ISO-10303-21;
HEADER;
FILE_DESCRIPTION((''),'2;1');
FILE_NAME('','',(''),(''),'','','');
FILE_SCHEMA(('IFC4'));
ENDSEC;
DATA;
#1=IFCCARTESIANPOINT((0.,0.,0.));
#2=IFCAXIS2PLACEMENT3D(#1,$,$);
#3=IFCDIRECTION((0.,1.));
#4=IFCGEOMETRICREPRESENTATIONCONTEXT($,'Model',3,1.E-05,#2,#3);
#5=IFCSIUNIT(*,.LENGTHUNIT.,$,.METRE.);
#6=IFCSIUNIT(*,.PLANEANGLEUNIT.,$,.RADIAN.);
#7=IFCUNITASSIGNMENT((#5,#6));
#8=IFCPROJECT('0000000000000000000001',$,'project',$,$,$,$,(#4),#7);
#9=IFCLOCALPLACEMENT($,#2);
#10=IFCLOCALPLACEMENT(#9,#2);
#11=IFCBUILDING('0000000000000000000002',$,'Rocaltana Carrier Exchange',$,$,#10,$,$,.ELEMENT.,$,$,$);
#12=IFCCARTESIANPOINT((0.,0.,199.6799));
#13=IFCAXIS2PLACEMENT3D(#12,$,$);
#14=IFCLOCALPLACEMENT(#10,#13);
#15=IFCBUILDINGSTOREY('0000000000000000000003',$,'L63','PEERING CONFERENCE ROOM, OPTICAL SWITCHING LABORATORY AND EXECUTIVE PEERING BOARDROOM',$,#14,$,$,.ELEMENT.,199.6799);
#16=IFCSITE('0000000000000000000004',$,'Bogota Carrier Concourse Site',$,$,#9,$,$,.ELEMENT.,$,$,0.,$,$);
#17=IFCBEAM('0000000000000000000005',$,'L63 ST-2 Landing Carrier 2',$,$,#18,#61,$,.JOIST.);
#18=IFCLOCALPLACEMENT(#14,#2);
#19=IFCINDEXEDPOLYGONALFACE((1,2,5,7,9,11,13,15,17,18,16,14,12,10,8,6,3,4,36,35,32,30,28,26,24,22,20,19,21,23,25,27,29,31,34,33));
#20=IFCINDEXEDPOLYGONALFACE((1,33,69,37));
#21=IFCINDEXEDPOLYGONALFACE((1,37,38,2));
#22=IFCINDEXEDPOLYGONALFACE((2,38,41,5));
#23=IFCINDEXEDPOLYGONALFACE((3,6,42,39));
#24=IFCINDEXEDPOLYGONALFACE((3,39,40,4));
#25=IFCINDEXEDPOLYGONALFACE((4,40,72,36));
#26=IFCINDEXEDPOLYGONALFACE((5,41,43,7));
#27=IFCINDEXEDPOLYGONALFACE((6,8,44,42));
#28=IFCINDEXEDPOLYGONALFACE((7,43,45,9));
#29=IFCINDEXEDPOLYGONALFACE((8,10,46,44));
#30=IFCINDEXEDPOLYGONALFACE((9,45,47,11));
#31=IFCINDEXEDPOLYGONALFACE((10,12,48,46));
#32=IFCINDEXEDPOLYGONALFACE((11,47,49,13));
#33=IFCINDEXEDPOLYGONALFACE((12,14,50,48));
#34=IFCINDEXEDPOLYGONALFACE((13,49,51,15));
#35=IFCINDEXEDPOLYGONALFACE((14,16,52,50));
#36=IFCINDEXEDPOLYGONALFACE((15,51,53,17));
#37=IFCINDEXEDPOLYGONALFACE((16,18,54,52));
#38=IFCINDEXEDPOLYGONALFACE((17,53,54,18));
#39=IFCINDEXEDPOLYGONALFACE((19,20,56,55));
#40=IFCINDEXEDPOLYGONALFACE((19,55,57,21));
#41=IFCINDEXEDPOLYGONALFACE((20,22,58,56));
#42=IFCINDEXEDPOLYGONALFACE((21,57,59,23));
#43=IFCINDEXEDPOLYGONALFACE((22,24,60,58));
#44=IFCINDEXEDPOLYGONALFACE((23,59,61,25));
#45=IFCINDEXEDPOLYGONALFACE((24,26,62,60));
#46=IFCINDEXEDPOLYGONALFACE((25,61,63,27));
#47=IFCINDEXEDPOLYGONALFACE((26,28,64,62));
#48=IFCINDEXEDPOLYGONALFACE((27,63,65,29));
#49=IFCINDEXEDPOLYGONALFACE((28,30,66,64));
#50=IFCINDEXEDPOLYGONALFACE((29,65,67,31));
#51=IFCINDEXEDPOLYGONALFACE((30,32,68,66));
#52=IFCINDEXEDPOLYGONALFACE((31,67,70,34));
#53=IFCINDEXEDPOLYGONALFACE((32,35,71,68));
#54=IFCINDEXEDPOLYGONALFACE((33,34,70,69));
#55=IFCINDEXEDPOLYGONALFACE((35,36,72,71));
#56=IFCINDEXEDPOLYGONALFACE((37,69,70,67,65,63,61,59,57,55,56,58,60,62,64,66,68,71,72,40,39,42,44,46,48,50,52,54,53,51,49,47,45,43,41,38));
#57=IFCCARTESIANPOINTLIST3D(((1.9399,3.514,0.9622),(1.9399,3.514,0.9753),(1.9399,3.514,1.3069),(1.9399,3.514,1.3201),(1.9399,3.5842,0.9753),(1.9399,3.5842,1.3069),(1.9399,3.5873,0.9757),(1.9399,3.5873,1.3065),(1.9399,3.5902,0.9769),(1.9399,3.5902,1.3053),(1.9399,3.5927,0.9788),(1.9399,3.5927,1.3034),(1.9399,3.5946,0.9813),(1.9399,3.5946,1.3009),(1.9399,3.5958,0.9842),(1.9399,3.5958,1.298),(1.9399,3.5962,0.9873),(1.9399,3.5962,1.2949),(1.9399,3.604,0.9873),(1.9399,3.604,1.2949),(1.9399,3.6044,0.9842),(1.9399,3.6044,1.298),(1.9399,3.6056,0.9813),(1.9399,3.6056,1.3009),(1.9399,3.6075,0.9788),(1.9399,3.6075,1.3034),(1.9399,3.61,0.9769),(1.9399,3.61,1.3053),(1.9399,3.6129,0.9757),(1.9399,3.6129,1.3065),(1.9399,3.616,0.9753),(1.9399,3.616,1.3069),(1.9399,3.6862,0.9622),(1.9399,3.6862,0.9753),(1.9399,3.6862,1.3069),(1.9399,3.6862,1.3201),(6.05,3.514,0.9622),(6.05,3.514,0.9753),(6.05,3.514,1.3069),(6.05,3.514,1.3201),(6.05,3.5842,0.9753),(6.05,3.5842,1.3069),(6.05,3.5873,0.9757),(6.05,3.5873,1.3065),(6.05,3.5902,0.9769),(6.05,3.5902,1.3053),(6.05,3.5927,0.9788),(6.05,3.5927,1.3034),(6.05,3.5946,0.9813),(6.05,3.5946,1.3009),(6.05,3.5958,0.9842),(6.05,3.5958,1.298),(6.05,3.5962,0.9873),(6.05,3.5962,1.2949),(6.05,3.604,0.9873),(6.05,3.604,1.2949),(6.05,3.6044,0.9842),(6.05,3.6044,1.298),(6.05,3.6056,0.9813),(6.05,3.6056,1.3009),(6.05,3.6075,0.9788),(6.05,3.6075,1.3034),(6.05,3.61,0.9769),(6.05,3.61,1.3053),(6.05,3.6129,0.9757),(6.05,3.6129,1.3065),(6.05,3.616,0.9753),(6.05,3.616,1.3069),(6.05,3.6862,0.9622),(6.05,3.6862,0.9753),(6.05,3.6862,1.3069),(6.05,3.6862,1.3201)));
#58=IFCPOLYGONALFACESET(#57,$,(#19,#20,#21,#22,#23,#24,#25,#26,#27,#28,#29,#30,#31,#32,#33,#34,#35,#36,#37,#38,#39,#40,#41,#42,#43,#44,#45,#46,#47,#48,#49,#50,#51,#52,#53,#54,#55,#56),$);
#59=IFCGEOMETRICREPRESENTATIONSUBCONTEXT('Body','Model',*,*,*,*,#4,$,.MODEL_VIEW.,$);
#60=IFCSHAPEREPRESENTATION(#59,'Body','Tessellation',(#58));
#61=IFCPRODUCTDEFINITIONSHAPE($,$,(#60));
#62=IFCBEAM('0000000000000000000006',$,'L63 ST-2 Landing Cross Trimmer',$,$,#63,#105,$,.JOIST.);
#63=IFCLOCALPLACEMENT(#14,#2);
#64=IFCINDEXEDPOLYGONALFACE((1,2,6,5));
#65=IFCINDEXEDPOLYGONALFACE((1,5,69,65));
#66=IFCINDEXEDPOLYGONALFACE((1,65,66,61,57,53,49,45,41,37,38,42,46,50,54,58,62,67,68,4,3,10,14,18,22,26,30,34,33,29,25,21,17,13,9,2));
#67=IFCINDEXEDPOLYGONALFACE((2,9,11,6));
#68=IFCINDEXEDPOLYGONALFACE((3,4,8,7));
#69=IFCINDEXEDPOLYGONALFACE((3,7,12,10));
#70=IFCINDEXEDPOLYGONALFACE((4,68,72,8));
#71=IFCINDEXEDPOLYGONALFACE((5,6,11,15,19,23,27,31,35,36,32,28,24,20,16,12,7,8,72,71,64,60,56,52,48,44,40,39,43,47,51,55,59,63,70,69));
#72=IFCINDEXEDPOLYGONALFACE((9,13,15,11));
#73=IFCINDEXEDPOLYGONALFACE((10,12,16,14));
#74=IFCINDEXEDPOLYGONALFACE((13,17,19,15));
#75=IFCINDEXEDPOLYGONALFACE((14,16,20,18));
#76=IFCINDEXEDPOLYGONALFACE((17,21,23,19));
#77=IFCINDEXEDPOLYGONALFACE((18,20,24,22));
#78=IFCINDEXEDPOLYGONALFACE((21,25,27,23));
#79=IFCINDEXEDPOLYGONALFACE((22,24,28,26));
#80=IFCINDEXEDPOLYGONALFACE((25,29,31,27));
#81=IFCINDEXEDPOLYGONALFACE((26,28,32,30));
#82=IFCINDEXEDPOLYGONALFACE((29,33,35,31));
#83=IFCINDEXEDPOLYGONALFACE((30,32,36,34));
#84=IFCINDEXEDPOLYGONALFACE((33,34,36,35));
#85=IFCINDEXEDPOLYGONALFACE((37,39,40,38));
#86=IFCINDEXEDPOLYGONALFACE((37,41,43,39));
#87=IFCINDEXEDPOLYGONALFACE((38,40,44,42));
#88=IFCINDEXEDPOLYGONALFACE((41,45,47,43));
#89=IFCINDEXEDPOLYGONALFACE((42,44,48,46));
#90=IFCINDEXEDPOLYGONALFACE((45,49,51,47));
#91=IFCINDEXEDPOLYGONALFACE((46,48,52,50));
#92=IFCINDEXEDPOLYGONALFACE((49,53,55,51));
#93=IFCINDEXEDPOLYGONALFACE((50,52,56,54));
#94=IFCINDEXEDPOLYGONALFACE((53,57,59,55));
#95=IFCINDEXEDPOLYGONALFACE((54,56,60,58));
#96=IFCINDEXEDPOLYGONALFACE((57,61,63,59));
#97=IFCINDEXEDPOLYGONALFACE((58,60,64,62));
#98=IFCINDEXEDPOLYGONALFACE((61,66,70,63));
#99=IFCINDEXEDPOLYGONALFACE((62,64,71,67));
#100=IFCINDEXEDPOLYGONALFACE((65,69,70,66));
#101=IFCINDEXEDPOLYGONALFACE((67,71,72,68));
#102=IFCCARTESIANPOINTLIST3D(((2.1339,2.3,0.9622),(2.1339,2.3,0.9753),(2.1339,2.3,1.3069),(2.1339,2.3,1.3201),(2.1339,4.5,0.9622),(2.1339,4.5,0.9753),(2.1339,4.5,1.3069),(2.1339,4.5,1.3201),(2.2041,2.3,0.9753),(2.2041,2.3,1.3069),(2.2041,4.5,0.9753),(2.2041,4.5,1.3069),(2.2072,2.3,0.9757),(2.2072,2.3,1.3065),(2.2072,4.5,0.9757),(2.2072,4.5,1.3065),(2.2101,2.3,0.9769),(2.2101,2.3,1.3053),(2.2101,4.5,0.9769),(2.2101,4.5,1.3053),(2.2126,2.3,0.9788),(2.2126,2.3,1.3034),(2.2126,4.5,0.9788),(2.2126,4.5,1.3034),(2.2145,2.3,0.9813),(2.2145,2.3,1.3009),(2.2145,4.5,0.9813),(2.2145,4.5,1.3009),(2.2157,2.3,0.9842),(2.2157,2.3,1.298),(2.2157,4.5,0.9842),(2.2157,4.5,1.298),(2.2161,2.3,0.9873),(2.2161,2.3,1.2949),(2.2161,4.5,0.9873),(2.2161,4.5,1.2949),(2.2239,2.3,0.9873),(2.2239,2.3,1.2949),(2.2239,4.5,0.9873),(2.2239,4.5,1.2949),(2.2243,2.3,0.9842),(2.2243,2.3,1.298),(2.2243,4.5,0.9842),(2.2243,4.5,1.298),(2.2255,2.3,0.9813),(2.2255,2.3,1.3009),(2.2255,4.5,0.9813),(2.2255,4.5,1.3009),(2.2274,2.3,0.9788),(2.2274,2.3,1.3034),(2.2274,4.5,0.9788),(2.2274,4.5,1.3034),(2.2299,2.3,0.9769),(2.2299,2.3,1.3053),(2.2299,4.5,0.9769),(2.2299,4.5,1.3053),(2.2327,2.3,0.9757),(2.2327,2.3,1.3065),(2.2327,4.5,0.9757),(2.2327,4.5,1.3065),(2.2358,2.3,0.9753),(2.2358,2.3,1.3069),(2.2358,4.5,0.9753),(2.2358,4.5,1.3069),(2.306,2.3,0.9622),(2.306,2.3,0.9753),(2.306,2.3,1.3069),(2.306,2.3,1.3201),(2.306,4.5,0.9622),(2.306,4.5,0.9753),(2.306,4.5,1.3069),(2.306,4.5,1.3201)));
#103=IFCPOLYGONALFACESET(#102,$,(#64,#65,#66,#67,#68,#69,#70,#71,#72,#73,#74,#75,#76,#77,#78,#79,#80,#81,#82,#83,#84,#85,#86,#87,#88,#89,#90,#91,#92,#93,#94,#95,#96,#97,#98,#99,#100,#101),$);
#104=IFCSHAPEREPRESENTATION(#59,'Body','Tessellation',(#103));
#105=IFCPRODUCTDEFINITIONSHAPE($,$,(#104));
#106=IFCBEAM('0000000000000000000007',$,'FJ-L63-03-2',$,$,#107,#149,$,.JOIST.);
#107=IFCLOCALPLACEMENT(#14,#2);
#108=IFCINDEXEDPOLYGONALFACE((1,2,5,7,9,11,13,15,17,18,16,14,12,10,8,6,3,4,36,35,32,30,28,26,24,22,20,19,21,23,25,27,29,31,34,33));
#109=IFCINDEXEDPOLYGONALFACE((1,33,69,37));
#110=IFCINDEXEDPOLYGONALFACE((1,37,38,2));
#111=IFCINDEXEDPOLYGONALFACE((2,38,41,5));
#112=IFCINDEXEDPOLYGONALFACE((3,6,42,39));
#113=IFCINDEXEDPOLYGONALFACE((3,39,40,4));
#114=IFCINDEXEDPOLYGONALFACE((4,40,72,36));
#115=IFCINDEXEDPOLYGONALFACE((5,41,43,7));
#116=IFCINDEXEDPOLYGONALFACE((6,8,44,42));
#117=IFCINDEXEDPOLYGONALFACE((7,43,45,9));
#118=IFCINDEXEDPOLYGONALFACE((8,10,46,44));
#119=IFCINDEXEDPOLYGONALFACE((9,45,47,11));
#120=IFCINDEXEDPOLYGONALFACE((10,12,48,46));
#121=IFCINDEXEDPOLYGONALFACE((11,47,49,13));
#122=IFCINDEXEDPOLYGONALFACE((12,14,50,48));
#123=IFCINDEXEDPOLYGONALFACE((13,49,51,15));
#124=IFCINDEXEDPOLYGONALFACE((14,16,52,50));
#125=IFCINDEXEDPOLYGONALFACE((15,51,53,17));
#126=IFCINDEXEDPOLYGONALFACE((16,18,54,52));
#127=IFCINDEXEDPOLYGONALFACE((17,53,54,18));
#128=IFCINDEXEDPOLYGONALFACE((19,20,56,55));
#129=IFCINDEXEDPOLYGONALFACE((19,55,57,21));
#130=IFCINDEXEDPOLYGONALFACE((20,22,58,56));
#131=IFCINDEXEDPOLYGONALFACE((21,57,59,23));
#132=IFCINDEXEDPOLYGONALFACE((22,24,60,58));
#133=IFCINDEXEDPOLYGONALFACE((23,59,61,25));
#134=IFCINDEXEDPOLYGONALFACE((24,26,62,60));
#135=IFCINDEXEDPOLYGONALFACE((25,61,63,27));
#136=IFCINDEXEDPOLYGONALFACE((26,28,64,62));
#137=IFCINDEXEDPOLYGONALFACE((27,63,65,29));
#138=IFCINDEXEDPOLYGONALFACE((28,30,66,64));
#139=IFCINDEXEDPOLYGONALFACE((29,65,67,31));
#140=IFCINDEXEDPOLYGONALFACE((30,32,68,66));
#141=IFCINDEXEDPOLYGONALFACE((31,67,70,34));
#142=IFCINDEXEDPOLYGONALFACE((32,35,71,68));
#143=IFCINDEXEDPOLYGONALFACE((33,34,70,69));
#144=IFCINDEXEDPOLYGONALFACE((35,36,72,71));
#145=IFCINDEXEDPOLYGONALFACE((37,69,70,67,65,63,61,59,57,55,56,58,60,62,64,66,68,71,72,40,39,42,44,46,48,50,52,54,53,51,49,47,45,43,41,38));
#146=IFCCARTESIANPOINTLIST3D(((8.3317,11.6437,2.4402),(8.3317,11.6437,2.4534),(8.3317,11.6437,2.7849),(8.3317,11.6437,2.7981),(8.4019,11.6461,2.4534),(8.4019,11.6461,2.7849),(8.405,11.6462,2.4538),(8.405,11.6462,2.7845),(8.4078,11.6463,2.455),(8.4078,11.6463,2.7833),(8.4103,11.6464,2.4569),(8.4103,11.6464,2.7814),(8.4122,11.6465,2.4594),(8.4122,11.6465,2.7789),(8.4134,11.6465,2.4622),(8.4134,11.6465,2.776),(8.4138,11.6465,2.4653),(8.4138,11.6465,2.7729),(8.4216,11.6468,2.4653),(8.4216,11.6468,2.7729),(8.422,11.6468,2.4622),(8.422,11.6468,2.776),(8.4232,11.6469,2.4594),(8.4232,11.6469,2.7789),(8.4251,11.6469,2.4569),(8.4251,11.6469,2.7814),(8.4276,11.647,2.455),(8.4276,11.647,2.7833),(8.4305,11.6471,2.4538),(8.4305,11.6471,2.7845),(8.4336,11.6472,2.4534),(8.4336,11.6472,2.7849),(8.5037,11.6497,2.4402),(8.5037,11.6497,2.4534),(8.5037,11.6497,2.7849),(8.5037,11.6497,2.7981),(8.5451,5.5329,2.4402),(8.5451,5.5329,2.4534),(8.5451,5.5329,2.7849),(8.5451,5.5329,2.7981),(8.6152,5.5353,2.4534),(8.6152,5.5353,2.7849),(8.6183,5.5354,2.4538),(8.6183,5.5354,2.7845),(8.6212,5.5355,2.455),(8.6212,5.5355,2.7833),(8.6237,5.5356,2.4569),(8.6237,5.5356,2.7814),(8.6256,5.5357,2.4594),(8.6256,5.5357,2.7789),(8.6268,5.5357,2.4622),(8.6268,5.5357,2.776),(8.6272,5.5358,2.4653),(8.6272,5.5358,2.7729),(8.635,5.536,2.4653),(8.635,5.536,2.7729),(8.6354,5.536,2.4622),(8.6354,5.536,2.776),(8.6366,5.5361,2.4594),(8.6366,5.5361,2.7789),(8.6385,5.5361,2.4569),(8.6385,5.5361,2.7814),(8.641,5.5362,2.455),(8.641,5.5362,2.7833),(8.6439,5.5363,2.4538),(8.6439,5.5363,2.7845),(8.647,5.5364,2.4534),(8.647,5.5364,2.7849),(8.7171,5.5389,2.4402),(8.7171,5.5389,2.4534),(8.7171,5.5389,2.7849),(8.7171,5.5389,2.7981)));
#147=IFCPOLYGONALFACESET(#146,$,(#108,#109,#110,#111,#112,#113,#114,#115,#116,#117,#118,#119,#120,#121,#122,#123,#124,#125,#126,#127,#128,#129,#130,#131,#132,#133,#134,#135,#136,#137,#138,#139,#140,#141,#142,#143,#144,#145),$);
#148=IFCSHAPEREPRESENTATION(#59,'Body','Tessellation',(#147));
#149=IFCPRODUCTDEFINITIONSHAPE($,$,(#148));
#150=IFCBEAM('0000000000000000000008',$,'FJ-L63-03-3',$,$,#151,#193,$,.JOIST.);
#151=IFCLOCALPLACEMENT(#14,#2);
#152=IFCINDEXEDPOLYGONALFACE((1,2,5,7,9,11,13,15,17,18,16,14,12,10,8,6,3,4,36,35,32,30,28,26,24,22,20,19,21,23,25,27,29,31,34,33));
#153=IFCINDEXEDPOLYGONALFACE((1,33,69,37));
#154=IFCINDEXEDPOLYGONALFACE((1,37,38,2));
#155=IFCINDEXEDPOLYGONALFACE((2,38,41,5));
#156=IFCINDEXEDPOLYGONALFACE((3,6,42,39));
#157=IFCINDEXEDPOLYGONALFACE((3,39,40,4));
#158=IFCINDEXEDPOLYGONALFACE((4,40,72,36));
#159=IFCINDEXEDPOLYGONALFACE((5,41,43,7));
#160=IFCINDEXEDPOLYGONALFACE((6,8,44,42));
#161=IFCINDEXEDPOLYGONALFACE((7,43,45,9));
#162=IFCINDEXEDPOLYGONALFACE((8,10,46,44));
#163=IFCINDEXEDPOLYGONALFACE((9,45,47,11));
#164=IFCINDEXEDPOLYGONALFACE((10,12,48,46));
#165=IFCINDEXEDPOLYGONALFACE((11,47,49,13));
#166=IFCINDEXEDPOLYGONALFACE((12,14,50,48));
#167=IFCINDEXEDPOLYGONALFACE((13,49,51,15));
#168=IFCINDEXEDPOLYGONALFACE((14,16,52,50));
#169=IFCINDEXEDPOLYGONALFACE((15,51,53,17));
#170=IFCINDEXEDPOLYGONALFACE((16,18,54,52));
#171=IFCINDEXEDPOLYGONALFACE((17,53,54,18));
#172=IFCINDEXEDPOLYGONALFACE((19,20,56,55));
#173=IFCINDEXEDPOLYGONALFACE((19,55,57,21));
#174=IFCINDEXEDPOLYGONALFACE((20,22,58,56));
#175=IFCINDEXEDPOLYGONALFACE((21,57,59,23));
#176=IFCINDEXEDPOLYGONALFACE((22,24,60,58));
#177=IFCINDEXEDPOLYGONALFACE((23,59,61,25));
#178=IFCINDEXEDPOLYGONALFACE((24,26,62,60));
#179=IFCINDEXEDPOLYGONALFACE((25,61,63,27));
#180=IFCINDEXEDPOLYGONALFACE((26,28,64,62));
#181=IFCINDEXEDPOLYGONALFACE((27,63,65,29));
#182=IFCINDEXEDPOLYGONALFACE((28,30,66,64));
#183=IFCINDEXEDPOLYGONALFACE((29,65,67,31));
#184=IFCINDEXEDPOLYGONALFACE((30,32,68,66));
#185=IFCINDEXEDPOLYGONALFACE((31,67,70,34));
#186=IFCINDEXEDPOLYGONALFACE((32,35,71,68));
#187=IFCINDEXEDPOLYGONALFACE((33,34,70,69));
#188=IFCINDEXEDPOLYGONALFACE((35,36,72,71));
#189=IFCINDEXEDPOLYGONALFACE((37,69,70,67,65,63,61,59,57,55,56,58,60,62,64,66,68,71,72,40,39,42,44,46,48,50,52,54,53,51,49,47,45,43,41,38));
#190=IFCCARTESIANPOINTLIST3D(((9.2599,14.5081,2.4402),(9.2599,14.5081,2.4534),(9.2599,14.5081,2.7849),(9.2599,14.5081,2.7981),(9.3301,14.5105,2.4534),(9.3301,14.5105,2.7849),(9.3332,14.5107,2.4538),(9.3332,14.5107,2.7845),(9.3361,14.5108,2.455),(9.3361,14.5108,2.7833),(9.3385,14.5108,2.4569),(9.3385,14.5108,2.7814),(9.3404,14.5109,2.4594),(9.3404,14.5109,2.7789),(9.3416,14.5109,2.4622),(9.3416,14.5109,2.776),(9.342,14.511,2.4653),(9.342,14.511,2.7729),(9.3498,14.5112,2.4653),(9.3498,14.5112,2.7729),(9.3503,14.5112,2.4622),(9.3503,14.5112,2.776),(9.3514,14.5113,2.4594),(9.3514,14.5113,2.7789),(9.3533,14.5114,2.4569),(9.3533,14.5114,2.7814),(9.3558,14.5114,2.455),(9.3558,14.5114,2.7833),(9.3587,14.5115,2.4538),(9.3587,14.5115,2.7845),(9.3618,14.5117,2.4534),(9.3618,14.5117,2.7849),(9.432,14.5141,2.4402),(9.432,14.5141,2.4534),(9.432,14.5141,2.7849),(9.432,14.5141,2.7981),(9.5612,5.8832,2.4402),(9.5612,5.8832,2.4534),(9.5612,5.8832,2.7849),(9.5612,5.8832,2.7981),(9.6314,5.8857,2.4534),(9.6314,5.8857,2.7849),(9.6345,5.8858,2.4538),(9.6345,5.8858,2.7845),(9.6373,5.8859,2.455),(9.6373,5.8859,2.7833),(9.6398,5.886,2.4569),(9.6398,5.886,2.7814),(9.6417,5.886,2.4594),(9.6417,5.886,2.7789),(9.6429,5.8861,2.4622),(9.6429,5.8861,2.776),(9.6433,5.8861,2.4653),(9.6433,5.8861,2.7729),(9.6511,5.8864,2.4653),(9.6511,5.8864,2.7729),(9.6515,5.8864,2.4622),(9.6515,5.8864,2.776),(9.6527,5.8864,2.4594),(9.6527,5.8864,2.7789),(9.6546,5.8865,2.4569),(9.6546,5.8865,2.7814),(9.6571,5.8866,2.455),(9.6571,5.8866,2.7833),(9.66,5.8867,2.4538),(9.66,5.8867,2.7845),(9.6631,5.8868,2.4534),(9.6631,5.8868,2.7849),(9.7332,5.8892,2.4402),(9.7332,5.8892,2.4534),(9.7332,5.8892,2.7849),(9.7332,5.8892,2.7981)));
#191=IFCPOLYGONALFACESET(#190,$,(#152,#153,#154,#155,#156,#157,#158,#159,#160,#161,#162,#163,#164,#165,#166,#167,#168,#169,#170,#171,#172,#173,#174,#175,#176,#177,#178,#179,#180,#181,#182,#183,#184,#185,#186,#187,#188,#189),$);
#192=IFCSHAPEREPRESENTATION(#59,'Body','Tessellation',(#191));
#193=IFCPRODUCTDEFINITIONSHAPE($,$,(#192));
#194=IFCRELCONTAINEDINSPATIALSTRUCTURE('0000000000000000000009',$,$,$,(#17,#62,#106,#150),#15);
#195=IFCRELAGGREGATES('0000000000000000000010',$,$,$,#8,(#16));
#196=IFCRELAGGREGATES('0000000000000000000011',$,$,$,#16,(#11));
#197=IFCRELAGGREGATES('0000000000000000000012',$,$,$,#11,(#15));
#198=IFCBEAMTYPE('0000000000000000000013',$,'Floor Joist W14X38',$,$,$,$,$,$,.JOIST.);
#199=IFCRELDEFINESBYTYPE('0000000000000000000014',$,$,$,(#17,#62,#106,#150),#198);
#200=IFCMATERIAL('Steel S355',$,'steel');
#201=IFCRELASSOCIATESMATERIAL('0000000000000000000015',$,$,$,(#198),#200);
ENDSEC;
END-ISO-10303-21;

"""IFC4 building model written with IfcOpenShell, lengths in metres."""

from ifc_helpers import new_model, si_unit, direction, frame, origin, origin_2d, place, context, subcontext, project, spatial, i_section, extrude, material, material_profile, profile_set, type_object, element, save


model = new_model("IFC4")

# Units and contexts
model_context = context("Model", 3, precision=1e-05, world=origin(), true_north=direction((0.0, 1.0)))
body_context = subcontext(model_context, "Body", "Model", "MODEL_VIEW")
ifc_project = project(units=[si_unit("LENGTHUNIT", "METRE"), si_unit("PLANEANGLEUNIT", "RADIAN")], contexts=[model_context])

# Site, building, storey
site_placement = place(None, origin())
site = spatial("IfcSite", under=ifc_project, at=site_placement, Name="Bogota Carrier Concourse Site", CompositionType="ELEMENT", RefElevation=0.0)
building_placement = place(site_placement, origin())
building = spatial("IfcBuilding", under=site, at=building_placement, Name="Rocaltana Carrier Exchange", CompositionType="ELEMENT")
storey_placement = place(building_placement, frame((0.0, 0.0, 199.6799)))
storey = spatial("IfcBuildingStorey", under=building, at=storey_placement, Name="L63", Description="PEERING CONFERENCE ROOM, OPTICAL SWITCHING LABORATORY AND EXECUTIVE PEERING BOARDROOM", CompositionType="ELEMENT", Elevation=199.6799)

# Beams
ifc_material_1 = material(Name="Steel S355", Category="steel")
ifc_material_profile_1 = material_profile(ifc_material_1, i_section(OverallWidth=0.1721, OverallDepth=0.3579, WebThickness=0.0078, FlangeThickness=0.0132, FilletRadius=0.012, at=origin_2d()), Name="W14X38")
ifc_profile_set_1 = profile_set([ifc_material_profile_1], Name="Steel S355")
beam_type_1 = type_object("IfcBeamType", Name="Floor Joist W14X38", PredefinedType="JOIST", material=ifc_profile_set_1)
for number, where, z_axis, x_axis, name in (
    (1, (1.9399, 3.6001, 1.1411), (1.0, 0.0, 0.0), (0.0, 1.0, 0.0), "L63 ST-2 Landing Carrier 2"),
):
    element("IfcBeam", number, at=place(storey_placement, frame(where, z_axis=z_axis, x_axis=x_axis)), inside=storey, type_object=beam_type_1, Name=name, PredefinedType="JOIST", context=body_context, shape_type="SweptSolid", body=[
        extrude(i_section(OverallWidth=0.1721, OverallDepth=0.3579, WebThickness=0.0078, FlangeThickness=0.0132, FilletRadius=0.012, at=origin_2d()), origin(), (0.0, 0.0, 1.0), 4.1101),
    ])
beam_1_placement = place(storey_placement, frame((2.22, 2.3, 1.1411), z_axis=(0.0, 1.0, 0.0), x_axis=(-1.0, 0.0, 0.0)))
element("IfcBeam", 2, at=beam_1_placement, inside=storey, type_object=beam_type_1, Name="L63 ST-2 Landing Cross Trimmer", PredefinedType="JOIST", context=body_context, shape_type="SweptSolid", body=[
    extrude(i_section(OverallWidth=0.1721, OverallDepth=0.3579, WebThickness=0.0078, FlangeThickness=0.0132, FilletRadius=0.012, at=origin_2d()), origin(), (0.0, 0.0, 1.0), 2.2),
])
beam_2_placement = place(storey_placement, frame((8.6311, 5.5359, 2.6191), z_axis=(-0.034897, 0.999391, 0.0), x_axis=(-0.999391, -0.034897, 0.0)))
element("IfcBeam", 3, at=beam_2_placement, inside=storey, type_object=beam_type_1, Name="FJ-L63-03-2", PredefinedType="JOIST", context=body_context, shape_type="SweptSolid", body=[
    extrude(i_section(OverallWidth=0.1721, OverallDepth=0.3579, WebThickness=0.0078, FlangeThickness=0.0132, FilletRadius=0.012, at=origin_2d()), origin(), (0.0, 0.0, 1.0), 6.1145),
])
beam_3_placement = place(storey_placement, frame((9.6472, 5.8862, 2.6191), z_axis=(-0.034909, 0.99939, 0.0), x_axis=(-0.99939, -0.034909, 0.0)))
element("IfcBeam", 4, at=beam_3_placement, inside=storey, type_object=beam_type_1, Name="FJ-L63-03-3", PredefinedType="JOIST", context=body_context, shape_type="SweptSolid", body=[
    extrude(i_section(OverallWidth=0.1721, OverallDepth=0.3579, WebThickness=0.0078, FlangeThickness=0.0132, FilletRadius=0.012, at=origin_2d()), origin(), (0.0, 0.0, 1.0), 8.6301),
])

save(model, "model.ifc")
